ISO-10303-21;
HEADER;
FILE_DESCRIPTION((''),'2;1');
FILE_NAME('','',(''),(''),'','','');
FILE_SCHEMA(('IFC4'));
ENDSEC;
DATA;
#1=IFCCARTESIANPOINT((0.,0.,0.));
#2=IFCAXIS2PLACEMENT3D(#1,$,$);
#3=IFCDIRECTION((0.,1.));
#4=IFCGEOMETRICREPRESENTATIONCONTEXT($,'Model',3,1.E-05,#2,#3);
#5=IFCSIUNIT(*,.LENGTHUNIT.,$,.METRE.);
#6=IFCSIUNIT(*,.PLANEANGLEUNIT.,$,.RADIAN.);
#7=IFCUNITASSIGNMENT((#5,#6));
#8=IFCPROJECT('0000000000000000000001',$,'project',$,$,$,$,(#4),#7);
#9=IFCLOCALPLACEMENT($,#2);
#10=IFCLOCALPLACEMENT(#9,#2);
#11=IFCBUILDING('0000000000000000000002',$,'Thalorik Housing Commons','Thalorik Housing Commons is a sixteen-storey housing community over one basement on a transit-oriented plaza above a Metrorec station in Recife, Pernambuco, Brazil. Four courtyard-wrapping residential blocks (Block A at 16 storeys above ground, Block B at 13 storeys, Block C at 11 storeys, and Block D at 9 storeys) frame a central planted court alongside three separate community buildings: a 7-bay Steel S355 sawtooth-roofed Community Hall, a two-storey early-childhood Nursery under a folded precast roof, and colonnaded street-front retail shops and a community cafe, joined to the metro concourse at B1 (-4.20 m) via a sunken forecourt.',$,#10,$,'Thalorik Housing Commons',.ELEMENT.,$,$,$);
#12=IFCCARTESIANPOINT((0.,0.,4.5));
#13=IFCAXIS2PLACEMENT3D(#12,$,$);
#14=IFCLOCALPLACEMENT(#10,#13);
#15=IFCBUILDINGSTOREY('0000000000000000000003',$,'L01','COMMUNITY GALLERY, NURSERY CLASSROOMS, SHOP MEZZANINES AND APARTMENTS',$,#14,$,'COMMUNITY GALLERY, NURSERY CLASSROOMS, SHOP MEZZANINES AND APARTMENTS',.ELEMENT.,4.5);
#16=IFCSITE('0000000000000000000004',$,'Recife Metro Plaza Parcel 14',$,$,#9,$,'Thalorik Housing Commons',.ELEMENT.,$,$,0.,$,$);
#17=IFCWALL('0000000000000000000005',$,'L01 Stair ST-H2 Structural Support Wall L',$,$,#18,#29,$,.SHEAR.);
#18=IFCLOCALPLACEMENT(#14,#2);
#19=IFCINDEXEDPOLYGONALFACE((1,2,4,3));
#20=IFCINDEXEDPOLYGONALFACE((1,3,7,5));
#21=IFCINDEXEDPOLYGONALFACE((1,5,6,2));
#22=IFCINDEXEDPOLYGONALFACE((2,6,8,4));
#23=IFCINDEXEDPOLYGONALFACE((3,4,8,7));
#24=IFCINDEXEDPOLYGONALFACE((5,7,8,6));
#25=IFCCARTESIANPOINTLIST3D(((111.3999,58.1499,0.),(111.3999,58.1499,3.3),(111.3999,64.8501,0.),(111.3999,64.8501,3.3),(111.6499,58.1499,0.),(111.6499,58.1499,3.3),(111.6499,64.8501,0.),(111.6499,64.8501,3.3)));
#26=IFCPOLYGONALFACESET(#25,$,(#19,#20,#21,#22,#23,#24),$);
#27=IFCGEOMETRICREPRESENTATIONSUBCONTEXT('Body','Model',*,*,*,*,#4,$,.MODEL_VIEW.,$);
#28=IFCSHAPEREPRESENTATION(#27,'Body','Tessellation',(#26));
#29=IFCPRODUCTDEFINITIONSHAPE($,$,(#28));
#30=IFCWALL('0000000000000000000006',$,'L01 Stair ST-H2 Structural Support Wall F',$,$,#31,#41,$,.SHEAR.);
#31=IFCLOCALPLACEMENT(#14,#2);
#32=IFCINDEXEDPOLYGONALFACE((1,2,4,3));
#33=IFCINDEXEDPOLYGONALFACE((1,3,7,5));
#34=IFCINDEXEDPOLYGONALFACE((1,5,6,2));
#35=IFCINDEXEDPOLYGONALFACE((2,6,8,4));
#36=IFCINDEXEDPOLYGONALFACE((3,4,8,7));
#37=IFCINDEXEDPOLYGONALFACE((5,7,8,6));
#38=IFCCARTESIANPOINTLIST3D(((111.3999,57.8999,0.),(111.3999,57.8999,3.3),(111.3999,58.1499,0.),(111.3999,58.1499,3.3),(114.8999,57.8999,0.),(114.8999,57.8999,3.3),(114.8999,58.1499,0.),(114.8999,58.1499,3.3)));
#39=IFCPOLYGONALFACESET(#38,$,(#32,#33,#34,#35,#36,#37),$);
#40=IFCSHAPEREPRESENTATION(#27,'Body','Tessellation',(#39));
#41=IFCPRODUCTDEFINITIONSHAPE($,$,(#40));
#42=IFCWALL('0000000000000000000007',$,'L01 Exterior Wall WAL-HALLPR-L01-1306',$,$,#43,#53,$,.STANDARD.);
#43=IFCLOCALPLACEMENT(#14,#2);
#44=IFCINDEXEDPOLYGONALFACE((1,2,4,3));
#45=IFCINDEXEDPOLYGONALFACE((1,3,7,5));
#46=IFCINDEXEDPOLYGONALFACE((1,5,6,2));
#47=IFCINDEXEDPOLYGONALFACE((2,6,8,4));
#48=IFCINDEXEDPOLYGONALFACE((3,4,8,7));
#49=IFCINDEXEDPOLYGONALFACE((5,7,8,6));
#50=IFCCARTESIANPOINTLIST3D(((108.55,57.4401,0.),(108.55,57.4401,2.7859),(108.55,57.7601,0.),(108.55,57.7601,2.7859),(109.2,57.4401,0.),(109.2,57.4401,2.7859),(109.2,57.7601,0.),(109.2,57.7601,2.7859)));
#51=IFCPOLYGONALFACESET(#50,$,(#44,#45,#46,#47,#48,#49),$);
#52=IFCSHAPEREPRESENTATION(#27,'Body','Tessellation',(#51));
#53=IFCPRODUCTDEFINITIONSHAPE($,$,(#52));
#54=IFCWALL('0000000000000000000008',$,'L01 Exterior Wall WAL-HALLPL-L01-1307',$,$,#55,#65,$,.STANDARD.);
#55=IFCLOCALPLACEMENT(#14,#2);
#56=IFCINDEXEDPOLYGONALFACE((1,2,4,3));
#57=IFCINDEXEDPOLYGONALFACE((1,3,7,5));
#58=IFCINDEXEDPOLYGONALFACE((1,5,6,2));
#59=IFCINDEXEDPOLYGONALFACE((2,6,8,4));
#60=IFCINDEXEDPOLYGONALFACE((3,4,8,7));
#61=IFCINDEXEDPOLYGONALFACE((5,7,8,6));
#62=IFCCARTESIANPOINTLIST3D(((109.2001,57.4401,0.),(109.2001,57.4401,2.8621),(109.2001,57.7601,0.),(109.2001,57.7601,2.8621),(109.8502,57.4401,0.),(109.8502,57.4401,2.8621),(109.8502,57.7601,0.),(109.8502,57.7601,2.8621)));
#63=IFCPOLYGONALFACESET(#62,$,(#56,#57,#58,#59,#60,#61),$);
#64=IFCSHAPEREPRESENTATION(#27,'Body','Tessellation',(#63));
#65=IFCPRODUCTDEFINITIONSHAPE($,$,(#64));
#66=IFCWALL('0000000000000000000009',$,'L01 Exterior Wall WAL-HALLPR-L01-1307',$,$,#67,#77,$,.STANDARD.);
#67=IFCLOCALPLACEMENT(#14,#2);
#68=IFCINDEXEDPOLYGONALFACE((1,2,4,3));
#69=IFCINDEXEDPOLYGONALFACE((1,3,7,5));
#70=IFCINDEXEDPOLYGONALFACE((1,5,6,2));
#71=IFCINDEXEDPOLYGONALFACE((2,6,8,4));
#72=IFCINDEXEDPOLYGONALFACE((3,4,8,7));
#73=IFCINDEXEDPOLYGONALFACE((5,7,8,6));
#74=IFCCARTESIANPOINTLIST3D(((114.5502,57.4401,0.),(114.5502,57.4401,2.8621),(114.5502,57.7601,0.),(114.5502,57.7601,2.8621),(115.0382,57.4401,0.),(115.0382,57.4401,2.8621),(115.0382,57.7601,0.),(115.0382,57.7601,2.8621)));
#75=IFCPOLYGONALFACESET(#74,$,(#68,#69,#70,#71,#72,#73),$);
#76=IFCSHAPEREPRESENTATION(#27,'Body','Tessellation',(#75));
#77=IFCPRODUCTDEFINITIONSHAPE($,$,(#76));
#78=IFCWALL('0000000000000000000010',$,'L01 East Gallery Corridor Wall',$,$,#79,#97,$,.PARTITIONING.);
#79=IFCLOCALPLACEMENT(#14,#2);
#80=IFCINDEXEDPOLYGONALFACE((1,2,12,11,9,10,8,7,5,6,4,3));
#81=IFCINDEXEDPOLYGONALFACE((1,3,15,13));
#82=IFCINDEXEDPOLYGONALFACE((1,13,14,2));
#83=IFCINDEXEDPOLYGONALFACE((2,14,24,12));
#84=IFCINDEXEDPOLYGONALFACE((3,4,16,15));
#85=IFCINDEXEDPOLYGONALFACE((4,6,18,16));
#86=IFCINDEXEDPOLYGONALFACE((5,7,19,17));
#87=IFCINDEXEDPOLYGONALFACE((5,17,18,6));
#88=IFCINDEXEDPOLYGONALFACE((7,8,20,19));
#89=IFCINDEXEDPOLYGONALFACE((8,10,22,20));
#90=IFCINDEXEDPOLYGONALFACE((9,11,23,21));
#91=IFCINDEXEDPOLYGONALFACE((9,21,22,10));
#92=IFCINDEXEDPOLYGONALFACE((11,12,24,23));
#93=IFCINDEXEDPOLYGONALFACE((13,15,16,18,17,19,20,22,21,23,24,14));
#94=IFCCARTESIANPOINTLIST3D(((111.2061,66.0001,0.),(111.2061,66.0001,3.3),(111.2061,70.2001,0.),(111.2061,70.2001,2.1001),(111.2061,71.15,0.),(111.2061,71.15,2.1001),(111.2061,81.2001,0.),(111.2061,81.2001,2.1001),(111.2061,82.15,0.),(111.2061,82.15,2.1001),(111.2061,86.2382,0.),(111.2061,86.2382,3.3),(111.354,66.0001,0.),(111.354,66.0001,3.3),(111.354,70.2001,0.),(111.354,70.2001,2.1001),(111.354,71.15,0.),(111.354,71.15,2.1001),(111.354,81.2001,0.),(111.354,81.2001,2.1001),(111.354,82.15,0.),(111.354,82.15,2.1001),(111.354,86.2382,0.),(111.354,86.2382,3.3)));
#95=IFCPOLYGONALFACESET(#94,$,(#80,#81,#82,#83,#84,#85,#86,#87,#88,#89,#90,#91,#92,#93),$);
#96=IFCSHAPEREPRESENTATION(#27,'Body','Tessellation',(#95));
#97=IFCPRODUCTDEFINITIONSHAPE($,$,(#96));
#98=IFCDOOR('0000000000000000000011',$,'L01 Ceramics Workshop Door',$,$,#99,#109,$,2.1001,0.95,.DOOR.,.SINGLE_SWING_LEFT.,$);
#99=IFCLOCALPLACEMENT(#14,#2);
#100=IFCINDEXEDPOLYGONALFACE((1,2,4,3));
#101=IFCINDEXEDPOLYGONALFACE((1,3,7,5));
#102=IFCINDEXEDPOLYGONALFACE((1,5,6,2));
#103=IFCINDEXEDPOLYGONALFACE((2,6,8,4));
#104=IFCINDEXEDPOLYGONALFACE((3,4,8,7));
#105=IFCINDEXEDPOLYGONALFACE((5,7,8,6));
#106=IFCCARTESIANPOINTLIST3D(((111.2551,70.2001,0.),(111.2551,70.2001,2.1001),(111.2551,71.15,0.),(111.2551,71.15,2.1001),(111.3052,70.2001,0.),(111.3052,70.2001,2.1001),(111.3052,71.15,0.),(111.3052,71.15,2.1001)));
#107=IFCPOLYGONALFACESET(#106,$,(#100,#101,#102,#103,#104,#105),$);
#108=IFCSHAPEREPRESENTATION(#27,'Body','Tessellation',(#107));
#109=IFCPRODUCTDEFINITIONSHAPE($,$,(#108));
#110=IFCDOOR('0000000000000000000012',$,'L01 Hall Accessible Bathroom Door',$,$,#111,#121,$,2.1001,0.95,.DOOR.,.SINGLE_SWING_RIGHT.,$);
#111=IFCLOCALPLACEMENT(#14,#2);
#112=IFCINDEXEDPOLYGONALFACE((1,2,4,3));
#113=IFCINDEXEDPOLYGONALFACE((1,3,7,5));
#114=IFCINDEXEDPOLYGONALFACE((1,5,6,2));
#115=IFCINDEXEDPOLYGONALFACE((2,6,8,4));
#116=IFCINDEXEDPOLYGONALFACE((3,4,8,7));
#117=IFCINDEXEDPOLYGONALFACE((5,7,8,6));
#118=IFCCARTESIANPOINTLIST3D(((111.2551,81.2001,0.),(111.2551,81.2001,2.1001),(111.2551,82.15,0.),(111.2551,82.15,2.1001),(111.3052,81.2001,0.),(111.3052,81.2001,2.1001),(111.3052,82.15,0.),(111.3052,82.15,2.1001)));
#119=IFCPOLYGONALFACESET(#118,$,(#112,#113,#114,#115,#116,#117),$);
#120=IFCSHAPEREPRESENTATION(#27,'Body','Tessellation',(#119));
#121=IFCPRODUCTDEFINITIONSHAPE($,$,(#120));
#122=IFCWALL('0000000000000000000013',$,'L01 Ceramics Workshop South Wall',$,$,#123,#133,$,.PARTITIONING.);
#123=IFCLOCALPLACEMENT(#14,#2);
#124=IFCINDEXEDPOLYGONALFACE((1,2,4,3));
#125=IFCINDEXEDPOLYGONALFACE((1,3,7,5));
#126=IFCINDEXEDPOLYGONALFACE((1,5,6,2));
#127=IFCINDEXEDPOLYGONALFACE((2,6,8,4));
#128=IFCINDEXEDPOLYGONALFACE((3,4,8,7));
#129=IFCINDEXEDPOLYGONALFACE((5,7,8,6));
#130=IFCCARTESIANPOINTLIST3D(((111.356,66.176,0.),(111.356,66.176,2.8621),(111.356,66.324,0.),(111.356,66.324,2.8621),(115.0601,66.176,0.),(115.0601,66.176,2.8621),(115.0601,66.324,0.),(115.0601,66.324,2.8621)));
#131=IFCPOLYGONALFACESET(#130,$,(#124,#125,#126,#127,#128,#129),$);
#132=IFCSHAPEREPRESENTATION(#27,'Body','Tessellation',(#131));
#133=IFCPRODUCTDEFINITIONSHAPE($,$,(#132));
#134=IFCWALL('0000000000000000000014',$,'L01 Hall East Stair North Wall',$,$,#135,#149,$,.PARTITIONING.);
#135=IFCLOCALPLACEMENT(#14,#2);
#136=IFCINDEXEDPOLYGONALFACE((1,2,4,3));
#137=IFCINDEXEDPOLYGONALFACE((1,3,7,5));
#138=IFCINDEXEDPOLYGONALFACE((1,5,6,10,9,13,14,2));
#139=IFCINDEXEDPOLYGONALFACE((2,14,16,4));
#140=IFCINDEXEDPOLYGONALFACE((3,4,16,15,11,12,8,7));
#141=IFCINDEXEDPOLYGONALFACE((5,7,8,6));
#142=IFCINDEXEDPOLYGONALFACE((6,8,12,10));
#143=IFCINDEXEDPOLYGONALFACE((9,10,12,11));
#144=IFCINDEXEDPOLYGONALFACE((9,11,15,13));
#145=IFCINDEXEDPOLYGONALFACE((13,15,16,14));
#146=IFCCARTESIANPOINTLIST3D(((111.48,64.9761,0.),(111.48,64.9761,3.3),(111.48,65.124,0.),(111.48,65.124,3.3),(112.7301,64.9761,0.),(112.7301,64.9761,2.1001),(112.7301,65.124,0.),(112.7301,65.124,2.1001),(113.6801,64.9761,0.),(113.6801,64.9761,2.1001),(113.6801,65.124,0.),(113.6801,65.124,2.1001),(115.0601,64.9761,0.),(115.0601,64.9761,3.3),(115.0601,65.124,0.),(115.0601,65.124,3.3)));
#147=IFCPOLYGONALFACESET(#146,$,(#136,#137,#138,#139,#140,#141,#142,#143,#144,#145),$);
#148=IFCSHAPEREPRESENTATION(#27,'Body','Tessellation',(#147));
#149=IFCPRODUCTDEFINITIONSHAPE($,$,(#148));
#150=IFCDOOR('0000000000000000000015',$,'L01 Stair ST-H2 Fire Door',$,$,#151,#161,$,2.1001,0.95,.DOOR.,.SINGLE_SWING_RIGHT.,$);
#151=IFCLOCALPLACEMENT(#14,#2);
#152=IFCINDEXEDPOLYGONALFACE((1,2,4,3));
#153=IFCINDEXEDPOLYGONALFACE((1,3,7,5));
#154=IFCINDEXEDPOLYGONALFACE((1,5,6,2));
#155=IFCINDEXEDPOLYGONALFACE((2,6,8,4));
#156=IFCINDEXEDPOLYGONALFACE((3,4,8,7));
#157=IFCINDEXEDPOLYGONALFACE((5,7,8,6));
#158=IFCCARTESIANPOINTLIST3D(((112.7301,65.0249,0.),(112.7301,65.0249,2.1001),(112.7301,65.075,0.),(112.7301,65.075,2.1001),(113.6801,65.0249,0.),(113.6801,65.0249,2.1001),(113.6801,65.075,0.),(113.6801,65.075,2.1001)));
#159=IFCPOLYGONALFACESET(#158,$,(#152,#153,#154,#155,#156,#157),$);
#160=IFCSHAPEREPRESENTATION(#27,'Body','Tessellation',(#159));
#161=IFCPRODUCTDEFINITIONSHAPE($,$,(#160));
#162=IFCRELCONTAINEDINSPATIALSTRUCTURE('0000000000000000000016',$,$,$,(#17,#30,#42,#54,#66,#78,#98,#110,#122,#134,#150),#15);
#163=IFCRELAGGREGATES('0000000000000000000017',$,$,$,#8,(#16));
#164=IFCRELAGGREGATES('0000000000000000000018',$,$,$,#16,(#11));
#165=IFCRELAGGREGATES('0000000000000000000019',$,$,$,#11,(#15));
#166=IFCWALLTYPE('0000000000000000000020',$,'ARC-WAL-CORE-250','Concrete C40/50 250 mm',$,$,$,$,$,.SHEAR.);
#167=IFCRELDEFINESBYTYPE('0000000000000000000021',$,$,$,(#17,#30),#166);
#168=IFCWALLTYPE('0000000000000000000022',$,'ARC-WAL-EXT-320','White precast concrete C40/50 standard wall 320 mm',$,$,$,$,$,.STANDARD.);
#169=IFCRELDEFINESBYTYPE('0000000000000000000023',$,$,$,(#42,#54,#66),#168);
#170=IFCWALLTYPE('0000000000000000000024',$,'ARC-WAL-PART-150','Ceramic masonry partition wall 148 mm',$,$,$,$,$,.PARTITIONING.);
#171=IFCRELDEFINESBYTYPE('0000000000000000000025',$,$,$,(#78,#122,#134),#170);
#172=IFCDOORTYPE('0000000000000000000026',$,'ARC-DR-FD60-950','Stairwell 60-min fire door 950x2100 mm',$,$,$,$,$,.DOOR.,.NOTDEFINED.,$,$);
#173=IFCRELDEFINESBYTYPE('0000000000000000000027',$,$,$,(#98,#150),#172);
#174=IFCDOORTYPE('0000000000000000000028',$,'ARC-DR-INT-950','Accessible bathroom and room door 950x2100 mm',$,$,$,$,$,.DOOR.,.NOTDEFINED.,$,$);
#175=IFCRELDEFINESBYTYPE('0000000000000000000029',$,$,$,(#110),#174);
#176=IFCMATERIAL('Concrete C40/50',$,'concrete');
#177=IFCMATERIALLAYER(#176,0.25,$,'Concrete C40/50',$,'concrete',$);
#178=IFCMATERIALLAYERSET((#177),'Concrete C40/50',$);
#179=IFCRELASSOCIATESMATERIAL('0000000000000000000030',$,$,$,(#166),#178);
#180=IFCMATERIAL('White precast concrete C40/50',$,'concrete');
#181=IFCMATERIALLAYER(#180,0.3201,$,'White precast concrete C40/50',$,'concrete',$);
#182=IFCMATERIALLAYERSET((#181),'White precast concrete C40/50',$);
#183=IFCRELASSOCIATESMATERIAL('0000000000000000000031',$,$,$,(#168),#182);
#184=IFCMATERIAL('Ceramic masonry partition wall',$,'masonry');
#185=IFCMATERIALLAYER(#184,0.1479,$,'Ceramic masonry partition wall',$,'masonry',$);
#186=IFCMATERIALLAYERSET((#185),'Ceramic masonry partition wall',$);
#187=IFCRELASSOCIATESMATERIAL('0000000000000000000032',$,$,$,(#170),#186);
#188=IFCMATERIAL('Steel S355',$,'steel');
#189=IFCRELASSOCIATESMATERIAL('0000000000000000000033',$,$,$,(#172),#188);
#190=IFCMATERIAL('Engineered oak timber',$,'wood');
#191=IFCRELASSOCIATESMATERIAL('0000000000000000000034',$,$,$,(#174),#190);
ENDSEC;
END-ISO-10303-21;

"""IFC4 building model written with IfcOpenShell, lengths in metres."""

from ifc_helpers import new_model, si_unit, direction, frame, frame_2d, origin, place, context, subcontext, project, spatial, rectangle, extrude, material, layer, layer_set, type_object, element, fill, save


model = new_model("IFC4")

# Units and contexts
model_context = context("Model", 3, precision=1e-05, world=origin(), true_north=direction((0.0, 1.0)))
body_context = subcontext(model_context, "Body", "Model", "MODEL_VIEW")
ifc_project = project(units=[si_unit("LENGTHUNIT", "METRE"), si_unit("PLANEANGLEUNIT", "RADIAN")], contexts=[model_context])

# Site, building, storey
site_placement = place(None, origin())
site = spatial("IfcSite", under=ifc_project, at=site_placement, Name="Recife Metro Plaza Parcel 14", LongName="Thalorik Housing Commons", CompositionType="ELEMENT", RefElevation=0.0)
building_placement = place(site_placement, origin())
building = spatial("IfcBuilding", under=site, at=building_placement, Name="Thalorik Housing Commons", Description="Thalorik Housing Commons is a sixteen-storey housing community over one basement on a transit-oriented plaza above a Metrorec station in Recife, Pernambuco, Brazil. Four courtyard-wrapping residential blocks (Block A at 16 storeys above ground, Block B at 13 storeys, Block C at 11 storeys, and Block D at 9 storeys) frame a central planted court alongside three separate community buildings: a 7-bay Steel S355 sawtooth-roofed Community Hall, a two-storey early-childhood Nursery under a folded precast roof, and colonnaded street-front retail shops and a community cafe, joined to the metro concourse at B1 (-4.20 m) via a sunken forecourt.", LongName="Thalorik Housing Commons", CompositionType="ELEMENT")
storey_placement = place(building_placement, frame((0.0, 0.0, 4.5)))
storey = spatial("IfcBuildingStorey", under=building, at=storey_placement, Name="L01", Description="COMMUNITY GALLERY, NURSERY CLASSROOMS, SHOP MEZZANINES AND APARTMENTS", LongName="COMMUNITY GALLERY, NURSERY CLASSROOMS, SHOP MEZZANINES AND APARTMENTS", CompositionType="ELEMENT", Elevation=4.5)

# Shared definitions
ifc_material_1 = material(Name="Steel S355", Category="steel")

# Walls
ifc_material_2 = material(Name="Concrete C40/50", Category="concrete")
ifc_layer_1 = layer(ifc_material_2, 0.25, Name="Concrete C40/50", Category="concrete")
ifc_layer_set_1 = layer_set([ifc_layer_1], Name="Concrete C40/50")
wall_type_1 = type_object("IfcWallType", Name="ARC-WAL-CORE-250", Description="Concrete C40/50 250 mm", PredefinedType="SHEAR", material=ifc_layer_set_1)
wall_1_placement = place(storey_placement, frame((111.5249, 64.8501, 0.0), z_axis=(0.0, 0.0, 1.0), x_axis=(0.0, -1.0, 0.0)))
element("IfcWall", 1, at=wall_1_placement, inside=storey, type_object=wall_type_1, Name="L01 Stair ST-H2 Structural Support Wall L", PredefinedType="SHEAR", context=body_context, shape_type="SweptSolid", body=[
    extrude(rectangle(XDim=6.7002, YDim=0.25, at=frame_2d((3.3501, 0.0))), origin(), (0.0, 0.0, 1.0), 3.3),
])
wall_2_placement = place(storey_placement, frame((111.3999, 58.0249, 0.0), z_axis=(0.0, 0.0, 1.0), x_axis=(1.0, 0.0, 0.0)))
element("IfcWall", 2, at=wall_2_placement, inside=storey, type_object=wall_type_1, Name="L01 Stair ST-H2 Structural Support Wall F", PredefinedType="SHEAR", context=body_context, shape_type="SweptSolid", body=[
    extrude(rectangle(XDim=3.5, YDim=0.25, at=frame_2d((1.75, 0.0))), origin(), (0.0, 0.0, 1.0), 3.3),
])
ifc_material_3 = material(Name="White precast concrete C40/50", Category="concrete")
ifc_layer_2 = layer(ifc_material_3, 0.3201, Name="White precast concrete C40/50", Category="concrete")
ifc_layer_set_2 = layer_set([ifc_layer_2], Name="White precast concrete C40/50")
wall_type_2 = type_object("IfcWallType", Name="ARC-WAL-EXT-320", Description="White precast concrete C40/50 standard wall 320 mm", PredefinedType="STANDARD", material=ifc_layer_set_2)
wall_3_placement = place(storey_placement, frame((108.55, 57.6001, 0.0), z_axis=(0.0, 0.0, 1.0), x_axis=(1.0, 0.0, 0.0)))
element("IfcWall", 3, at=wall_3_placement, inside=storey, type_object=wall_type_2, Name="L01 Exterior Wall WAL-HALLPR-L01-1306", PredefinedType="STANDARD", context=body_context, shape_type="SweptSolid", body=[
    extrude(rectangle(XDim=0.6499, YDim=0.3201, at=frame_2d((0.325, 0.0))), origin(), (0.0, 0.0, 1.0), 2.7859),
])
wall_4_placement = place(storey_placement, frame((109.2, 57.6001, 0.0), z_axis=(0.0, 0.0, 1.0), x_axis=(1.0, 0.0, 0.0)))
element("IfcWall", 4, at=wall_4_placement, inside=storey, type_object=wall_type_2, Name="L01 Exterior Wall WAL-HALLPL-L01-1307", PredefinedType="STANDARD", context=body_context, shape_type="SweptSolid", body=[
    extrude(rectangle(XDim=0.6501, YDim=0.3201, at=frame_2d((0.3252, 0.0))), origin(), (0.0, 0.0, 1.0), 2.8621),
])
wall_5_placement = place(storey_placement, frame((114.55, 57.6001, 0.0), z_axis=(0.0, 0.0, 1.0), x_axis=(1.0, 0.0, 0.0)))
element("IfcWall", 5, at=wall_5_placement, inside=storey, type_object=wall_type_2, Name="L01 Exterior Wall WAL-HALLPR-L01-1307", PredefinedType="STANDARD", context=body_context, shape_type="SweptSolid", body=[
    extrude(rectangle(XDim=0.488, YDim=0.3201, at=frame_2d((0.2441, 0.0))), origin(), (0.0, 0.0, 1.0), 2.8621),
])

# Wall, openings, doors
ifc_material_4 = material(Name="Ceramic masonry partition wall", Category="masonry")
ifc_layer_3 = layer(ifc_material_4, 0.1479, Name="Ceramic masonry partition wall", Category="masonry")
ifc_layer_set_3 = layer_set([ifc_layer_3], Name="Ceramic masonry partition wall")
wall_type_3 = type_object("IfcWallType", Name="ARC-WAL-PART-150", Description="Ceramic masonry partition wall 148 mm", PredefinedType="PARTITIONING", material=ifc_layer_set_3)
wall_6_placement = place(storey_placement, frame((111.28, 66.0, 0.0), z_axis=(0.0, 0.0, 1.0), x_axis=(0.0, 1.0, 0.0)))
wall_6 = element("IfcWall", 6, at=wall_6_placement, inside=storey, type_object=wall_type_3, Name="L01 East Gallery Corridor Wall", PredefinedType="PARTITIONING", context=body_context, shape_type="SweptSolid", body=[
    extrude(rectangle(XDim=20.238, YDim=0.1479, at=frame_2d((10.1191, 0.0))), origin(), (0.0, 0.0, 1.0), 3.3),
])
opening_1_placement = place(wall_6_placement, frame((4.2, 0.0, 0.0)))
opening_1 = element("IfcOpeningElement", 7, at=opening_1_placement, cuts=wall_6, PredefinedType="OPENING", context=body_context, shape_type="SweptSolid", body=[
    extrude(rectangle(XDim=0.95, YDim=2.1001, at=frame_2d((0.4751, 1.05))), frame((0.0, 0.084, 0.0), z_axis=(0.0, -1.0, 0.0), x_axis=(1.0, 0.0, 0.0)), (0.0, 0.0, 1.0), 0.168),
])
opening_2_placement = place(wall_6_placement, frame((15.2, 0.0, 0.0)))
opening_2 = element("IfcOpeningElement", 8, at=opening_2_placement, cuts=wall_6, PredefinedType="OPENING", context=body_context, shape_type="SweptSolid", body=[
    extrude(rectangle(XDim=0.95, YDim=2.1001, at=frame_2d((0.4751, 1.05))), frame((0.0, 0.084, 0.0), z_axis=(0.0, -1.0, 0.0), x_axis=(1.0, 0.0, 0.0)), (0.0, 0.0, 1.0), 0.168),
])
door_type_1 = type_object("IfcDoorType", Name="ARC-DR-FD60-950", Description="Stairwell 60-min fire door 950x2100 mm", OperationType="NOTDEFINED", PredefinedType="DOOR", material=ifc_material_1)
door_1_placement = place(opening_1_placement, origin())
door_1 = element("IfcDoor", 9, at=door_1_placement, inside=storey, type_object=door_type_1, Name="L01 Ceramics Workshop Door", OperationType="SINGLE_SWING_LEFT", OverallHeight=2.1001, OverallWidth=0.95, PredefinedType="DOOR", context=body_context, shape_type="SweptSolid", body=[
    extrude(rectangle(XDim=0.95, YDim=2.1001, at=frame_2d((0.4751, 1.05))), frame((0.0, 0.0249, 0.0), z_axis=(0.0, -1.0, 0.0), x_axis=(1.0, 0.0, 0.0)), (0.0, 0.0, 1.0), 0.05),
])
fill(opening_1, door_1)
ifc_material_5 = material(Name="Engineered oak timber", Category="wood")
door_type_2 = type_object("IfcDoorType", Name="ARC-DR-INT-950", Description="Accessible bathroom and room door 950x2100 mm", OperationType="NOTDEFINED", PredefinedType="DOOR", material=ifc_material_5)
door_2_placement = place(opening_2_placement, origin())
door_2 = element("IfcDoor", 10, at=door_2_placement, inside=storey, type_object=door_type_2, Name="L01 Hall Accessible Bathroom Door", OperationType="SINGLE_SWING_RIGHT", OverallHeight=2.1001, OverallWidth=0.95, PredefinedType="DOOR", context=body_context, shape_type="SweptSolid", body=[
    extrude(rectangle(XDim=0.95, YDim=2.1001, at=frame_2d((0.4751, 1.05))), frame((0.0, 0.0249, 0.0), z_axis=(0.0, -1.0, 0.0), x_axis=(1.0, 0.0, 0.0)), (0.0, 0.0, 1.0), 0.05),
])
fill(opening_2, door_2)

# Wall
wall_7_placement = place(storey_placement, frame((111.356, 66.25, 0.0), z_axis=(0.0, 0.0, 1.0), x_axis=(1.0, 0.0, 0.0)))
element("IfcWall", 11, at=wall_7_placement, inside=storey, type_object=wall_type_3, Name="L01 Ceramics Workshop South Wall", PredefinedType="PARTITIONING", context=body_context, shape_type="SweptSolid", body=[
    extrude(rectangle(XDim=3.7041, YDim=0.1479, at=frame_2d((1.8521, 0.0))), origin(), (0.0, 0.0, 1.0), 2.8621),
])

# Wall, opening, door
wall_8_placement = place(storey_placement, frame((111.48, 65.05, 0.0), z_axis=(0.0, 0.0, 1.0), x_axis=(1.0, 0.0, 0.0)))
wall_8 = element("IfcWall", 12, at=wall_8_placement, inside=storey, type_object=wall_type_3, Name="L01 Hall East Stair North Wall", PredefinedType="PARTITIONING", context=body_context, shape_type="SweptSolid", body=[
    extrude(rectangle(XDim=3.5801, YDim=0.1479, at=frame_2d((1.79, 0.0))), origin(), (0.0, 0.0, 1.0), 3.3),
])
opening_3_placement = place(wall_8_placement, frame((1.25, 0.0, 0.0)))
opening_3 = element("IfcOpeningElement", 13, at=opening_3_placement, cuts=wall_8, PredefinedType="OPENING", context=body_context, shape_type="SweptSolid", body=[
    extrude(rectangle(XDim=0.95, YDim=2.1001, at=frame_2d((0.4751, 1.05))), frame((0.0, 0.084, 0.0), z_axis=(0.0, -1.0, 0.0), x_axis=(1.0, 0.0, 0.0)), (0.0, 0.0, 1.0), 0.168),
])
door_3_placement = place(opening_3_placement, origin())
door_3 = element("IfcDoor", 14, at=door_3_placement, inside=storey, type_object=door_type_1, Name="L01 Stair ST-H2 Fire Door", OperationType="SINGLE_SWING_RIGHT", OverallHeight=2.1001, OverallWidth=0.95, PredefinedType="DOOR", context=body_context, shape_type="SweptSolid", body=[
    extrude(rectangle(XDim=0.95, YDim=2.1001, at=frame_2d((0.4751, 1.05))), frame((0.0, 0.0249, 0.0), z_axis=(0.0, -1.0, 0.0), x_axis=(1.0, 0.0, 0.0)), (0.0, 0.0, 1.0), 0.05),
])
fill(opening_3, door_3)

save(model, "model.ifc")
